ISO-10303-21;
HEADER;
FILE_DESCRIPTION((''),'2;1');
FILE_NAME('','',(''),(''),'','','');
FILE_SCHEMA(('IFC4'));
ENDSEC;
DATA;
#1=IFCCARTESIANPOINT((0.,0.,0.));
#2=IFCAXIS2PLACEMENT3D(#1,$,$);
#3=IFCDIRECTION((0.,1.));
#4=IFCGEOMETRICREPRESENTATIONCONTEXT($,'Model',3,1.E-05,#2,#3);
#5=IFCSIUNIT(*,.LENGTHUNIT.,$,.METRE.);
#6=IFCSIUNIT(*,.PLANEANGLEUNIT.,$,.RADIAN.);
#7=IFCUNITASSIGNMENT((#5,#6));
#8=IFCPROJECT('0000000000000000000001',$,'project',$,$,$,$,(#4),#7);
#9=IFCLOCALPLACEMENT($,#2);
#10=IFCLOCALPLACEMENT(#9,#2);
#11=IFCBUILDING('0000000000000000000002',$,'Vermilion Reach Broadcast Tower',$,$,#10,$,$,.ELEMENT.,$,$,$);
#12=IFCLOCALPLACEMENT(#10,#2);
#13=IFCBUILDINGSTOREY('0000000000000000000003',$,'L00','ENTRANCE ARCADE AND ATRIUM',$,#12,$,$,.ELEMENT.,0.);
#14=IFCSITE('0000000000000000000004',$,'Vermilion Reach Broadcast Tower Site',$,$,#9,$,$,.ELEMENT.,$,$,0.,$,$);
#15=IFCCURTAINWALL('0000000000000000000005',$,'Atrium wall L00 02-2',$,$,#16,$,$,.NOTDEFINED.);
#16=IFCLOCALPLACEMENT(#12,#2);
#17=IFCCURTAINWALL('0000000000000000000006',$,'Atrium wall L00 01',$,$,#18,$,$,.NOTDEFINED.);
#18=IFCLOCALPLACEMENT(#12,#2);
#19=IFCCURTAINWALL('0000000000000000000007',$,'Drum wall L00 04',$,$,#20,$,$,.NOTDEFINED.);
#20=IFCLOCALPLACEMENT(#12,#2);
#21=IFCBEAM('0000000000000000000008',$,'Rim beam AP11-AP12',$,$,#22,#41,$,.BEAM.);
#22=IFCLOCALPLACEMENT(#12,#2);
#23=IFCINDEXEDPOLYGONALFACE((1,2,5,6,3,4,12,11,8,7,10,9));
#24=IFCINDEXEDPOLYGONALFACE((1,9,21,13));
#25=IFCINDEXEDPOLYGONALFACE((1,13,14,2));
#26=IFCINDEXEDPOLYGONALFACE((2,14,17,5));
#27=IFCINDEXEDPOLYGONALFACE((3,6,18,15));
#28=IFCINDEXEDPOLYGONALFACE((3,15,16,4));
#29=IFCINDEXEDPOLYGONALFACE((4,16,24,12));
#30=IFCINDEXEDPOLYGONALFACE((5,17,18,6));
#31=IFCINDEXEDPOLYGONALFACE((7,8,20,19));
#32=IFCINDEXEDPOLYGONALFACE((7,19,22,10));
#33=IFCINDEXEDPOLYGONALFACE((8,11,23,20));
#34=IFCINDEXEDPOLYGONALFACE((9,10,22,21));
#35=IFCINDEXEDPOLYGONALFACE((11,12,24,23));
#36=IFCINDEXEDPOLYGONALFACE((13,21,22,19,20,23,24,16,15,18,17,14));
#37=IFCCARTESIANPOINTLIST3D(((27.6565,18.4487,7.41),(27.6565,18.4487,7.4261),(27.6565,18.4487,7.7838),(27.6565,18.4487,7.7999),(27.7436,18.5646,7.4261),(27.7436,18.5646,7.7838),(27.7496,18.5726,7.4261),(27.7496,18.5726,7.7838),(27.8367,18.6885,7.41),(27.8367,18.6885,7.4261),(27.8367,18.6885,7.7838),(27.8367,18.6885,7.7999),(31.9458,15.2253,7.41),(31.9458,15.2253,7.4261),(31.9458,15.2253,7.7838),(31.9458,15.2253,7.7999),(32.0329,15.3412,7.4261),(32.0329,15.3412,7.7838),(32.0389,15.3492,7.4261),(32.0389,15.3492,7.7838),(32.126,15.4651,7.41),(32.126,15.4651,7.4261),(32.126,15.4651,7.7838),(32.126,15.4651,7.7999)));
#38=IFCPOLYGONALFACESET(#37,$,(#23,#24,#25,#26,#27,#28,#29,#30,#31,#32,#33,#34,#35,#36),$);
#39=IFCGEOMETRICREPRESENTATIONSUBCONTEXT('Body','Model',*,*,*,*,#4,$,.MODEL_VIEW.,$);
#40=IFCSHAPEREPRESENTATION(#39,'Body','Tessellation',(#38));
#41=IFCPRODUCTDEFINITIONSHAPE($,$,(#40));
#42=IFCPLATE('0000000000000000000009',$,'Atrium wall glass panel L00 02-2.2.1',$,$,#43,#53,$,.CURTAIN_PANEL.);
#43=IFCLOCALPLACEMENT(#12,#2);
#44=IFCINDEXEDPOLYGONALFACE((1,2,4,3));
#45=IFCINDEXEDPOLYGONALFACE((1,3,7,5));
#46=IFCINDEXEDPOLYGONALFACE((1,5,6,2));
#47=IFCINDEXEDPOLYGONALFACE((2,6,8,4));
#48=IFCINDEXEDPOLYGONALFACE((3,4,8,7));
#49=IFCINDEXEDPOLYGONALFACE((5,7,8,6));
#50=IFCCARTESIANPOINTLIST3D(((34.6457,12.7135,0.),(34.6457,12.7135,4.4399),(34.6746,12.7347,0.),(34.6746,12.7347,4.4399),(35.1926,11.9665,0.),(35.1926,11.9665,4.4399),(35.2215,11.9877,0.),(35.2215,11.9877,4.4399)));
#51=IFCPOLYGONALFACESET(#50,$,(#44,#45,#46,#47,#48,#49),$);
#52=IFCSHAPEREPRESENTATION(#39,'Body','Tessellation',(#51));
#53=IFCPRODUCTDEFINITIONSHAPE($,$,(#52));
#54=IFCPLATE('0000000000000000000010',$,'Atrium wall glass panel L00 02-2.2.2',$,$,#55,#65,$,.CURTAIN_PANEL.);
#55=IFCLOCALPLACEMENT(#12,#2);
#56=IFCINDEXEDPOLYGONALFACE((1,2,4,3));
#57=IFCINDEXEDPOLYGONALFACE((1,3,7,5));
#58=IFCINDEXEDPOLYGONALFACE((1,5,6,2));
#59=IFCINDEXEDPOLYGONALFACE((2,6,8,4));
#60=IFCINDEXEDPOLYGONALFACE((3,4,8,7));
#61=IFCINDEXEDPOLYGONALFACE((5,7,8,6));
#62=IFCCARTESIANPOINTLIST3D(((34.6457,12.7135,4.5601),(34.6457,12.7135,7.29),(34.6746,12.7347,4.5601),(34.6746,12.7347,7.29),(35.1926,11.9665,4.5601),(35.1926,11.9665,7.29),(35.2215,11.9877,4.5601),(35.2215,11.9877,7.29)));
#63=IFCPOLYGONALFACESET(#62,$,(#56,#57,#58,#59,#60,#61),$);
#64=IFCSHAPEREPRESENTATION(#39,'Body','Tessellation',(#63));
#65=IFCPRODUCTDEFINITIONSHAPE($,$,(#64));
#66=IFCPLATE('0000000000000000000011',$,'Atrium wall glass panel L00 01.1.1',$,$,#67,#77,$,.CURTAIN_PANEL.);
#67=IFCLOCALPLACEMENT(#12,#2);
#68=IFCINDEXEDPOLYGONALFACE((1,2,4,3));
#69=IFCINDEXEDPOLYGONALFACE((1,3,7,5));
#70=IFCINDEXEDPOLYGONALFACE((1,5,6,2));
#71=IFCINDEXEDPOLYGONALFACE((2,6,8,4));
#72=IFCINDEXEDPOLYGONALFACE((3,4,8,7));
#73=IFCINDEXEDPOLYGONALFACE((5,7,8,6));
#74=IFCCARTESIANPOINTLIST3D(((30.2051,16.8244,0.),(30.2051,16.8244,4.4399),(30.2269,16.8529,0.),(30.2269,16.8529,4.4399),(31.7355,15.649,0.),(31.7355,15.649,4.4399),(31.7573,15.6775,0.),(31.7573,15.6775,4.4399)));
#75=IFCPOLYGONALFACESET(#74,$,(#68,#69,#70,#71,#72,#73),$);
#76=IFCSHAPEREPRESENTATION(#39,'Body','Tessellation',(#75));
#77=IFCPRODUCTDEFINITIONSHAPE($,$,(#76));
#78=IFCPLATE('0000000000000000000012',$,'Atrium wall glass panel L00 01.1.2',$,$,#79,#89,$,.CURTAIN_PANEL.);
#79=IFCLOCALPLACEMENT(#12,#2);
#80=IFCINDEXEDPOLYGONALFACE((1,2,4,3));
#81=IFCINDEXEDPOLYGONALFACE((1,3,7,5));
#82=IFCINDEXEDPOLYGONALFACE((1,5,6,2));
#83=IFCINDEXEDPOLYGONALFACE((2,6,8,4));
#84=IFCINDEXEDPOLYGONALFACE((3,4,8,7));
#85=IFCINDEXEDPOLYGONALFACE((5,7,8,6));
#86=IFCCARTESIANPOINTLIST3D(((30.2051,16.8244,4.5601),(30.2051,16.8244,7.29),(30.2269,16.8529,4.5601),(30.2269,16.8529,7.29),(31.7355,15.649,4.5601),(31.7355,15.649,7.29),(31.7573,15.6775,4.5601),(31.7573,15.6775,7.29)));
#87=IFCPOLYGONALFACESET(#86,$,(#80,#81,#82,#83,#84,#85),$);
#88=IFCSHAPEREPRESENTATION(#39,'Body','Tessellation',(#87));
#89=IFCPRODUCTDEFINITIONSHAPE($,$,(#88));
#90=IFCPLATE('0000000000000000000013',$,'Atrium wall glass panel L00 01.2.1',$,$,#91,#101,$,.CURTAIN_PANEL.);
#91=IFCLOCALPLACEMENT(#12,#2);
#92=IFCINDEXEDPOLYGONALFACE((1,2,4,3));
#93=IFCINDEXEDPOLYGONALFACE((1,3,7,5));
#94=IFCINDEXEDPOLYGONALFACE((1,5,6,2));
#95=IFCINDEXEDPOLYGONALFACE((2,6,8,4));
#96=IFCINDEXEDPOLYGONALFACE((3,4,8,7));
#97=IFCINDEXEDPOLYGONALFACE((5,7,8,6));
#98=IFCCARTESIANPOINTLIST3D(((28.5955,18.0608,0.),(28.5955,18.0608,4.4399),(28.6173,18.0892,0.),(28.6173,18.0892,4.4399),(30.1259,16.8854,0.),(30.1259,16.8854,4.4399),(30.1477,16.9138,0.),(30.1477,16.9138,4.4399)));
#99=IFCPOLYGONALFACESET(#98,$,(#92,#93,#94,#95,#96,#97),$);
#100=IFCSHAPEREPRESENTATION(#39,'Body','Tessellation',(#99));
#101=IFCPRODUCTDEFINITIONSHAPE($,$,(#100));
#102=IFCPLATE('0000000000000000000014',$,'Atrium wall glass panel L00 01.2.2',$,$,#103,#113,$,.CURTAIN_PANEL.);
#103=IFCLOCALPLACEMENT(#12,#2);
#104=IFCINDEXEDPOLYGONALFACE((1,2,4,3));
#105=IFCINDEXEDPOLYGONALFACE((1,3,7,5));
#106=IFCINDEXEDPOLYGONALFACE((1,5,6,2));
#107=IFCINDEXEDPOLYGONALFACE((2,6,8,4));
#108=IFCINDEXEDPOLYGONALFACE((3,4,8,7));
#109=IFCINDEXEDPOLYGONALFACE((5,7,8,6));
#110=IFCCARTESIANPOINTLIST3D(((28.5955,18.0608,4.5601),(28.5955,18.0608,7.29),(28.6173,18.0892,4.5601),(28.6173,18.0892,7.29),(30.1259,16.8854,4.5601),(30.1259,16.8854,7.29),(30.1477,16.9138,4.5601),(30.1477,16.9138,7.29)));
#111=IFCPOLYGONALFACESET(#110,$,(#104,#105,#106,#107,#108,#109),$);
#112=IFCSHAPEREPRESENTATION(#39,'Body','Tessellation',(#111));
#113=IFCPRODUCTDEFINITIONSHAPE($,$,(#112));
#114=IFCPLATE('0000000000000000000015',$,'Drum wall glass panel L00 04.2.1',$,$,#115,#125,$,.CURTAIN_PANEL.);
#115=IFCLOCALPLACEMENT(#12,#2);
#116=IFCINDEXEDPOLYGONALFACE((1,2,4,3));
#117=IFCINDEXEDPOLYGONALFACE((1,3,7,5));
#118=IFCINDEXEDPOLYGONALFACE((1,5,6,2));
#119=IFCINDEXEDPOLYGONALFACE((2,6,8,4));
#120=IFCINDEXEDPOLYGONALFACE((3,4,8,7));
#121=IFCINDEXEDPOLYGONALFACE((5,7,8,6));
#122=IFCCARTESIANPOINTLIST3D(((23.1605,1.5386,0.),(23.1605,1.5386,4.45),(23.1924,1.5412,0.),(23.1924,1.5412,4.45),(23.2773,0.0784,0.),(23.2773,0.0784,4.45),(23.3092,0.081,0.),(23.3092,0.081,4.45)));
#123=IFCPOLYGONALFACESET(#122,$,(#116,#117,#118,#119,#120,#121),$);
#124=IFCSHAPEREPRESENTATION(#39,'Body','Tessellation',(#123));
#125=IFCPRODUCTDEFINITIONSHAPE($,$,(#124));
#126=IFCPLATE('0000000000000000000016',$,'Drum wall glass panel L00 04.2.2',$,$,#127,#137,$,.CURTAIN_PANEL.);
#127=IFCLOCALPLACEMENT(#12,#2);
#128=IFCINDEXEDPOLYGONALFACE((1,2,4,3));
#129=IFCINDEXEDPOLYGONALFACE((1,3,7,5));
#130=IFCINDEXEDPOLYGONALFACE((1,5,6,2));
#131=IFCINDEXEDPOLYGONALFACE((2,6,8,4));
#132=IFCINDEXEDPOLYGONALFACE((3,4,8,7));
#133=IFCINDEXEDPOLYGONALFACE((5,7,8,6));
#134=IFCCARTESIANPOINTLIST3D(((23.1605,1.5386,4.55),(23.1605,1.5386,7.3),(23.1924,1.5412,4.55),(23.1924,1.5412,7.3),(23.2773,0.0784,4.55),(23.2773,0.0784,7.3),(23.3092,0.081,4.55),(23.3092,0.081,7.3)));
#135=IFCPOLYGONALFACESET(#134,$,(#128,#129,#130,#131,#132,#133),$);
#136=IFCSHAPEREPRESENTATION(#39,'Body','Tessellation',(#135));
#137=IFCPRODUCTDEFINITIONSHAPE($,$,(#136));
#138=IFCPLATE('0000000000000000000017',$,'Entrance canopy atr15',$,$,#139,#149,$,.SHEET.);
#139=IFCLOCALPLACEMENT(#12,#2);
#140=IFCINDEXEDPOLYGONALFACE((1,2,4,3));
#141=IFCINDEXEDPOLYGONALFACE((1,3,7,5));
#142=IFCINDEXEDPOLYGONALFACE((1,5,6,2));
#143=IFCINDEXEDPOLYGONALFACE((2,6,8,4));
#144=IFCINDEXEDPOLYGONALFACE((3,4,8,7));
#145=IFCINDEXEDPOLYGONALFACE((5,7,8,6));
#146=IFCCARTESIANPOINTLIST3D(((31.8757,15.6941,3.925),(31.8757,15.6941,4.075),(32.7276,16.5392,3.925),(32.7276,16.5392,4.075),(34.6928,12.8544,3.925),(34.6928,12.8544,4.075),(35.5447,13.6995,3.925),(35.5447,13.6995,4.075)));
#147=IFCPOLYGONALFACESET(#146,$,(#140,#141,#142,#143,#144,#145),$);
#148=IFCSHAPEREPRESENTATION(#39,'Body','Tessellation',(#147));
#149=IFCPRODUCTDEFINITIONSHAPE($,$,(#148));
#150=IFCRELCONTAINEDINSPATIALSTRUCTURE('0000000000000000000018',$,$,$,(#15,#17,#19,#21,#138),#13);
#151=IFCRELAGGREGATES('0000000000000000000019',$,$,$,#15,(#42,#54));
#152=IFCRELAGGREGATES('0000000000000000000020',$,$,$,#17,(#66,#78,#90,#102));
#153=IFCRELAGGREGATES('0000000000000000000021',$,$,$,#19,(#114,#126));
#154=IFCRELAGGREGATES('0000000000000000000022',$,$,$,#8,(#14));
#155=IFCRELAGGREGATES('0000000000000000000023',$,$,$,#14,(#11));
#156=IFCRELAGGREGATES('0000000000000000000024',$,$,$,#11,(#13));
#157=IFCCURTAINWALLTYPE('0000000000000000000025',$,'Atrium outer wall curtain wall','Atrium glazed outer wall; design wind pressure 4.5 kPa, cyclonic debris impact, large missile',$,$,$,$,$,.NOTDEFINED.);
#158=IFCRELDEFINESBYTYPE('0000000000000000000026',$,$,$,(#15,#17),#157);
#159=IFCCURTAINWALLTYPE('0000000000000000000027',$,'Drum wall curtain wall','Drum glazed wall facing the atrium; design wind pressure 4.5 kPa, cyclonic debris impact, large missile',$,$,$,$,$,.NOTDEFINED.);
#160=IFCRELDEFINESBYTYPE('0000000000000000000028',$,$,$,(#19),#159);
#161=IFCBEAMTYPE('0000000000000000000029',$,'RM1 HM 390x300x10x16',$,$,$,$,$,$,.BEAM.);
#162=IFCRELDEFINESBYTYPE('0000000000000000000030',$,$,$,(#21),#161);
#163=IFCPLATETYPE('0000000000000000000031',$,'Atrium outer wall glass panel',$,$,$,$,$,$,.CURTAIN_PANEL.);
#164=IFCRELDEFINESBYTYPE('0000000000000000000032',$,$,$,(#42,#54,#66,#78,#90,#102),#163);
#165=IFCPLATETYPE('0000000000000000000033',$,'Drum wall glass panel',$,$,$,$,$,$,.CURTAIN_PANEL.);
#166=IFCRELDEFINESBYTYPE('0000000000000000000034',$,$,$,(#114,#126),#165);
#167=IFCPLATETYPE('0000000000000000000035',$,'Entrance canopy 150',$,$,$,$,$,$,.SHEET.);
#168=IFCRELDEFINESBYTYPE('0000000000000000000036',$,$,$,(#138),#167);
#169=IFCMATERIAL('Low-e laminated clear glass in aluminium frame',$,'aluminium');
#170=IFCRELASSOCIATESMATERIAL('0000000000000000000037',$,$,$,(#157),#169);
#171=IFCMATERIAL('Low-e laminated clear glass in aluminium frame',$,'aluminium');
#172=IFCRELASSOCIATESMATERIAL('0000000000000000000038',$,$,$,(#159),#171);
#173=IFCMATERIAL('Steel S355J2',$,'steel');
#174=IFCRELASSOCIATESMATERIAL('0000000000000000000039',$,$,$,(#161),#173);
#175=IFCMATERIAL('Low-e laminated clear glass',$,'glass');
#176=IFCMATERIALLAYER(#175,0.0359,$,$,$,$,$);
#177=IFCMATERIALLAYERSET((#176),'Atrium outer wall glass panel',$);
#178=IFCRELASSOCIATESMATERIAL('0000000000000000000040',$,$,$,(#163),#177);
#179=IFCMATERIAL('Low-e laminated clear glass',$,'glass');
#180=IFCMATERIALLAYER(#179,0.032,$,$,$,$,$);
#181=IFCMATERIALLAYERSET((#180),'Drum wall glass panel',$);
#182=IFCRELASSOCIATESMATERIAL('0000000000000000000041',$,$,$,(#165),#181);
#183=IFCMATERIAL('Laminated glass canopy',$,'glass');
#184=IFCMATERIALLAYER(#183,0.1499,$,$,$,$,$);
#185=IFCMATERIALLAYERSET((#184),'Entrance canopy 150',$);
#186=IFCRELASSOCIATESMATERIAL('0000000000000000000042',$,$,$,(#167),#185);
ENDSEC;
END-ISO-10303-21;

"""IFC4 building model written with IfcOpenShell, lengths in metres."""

from ifc_helpers import new_model, si_unit, direction, frame, origin, origin_2d, place, context, subcontext, project, spatial, rectangle, i_section, extrude, material, layer, layer_set, material_profile, profile_set, type_object, element, aggregate, save


model = new_model("IFC4")

# Units and contexts
model_context = context("Model", 3, precision=1e-05, world=origin(), true_north=direction((0.0, 1.0)))
body_context = subcontext(model_context, "Body", "Model", "MODEL_VIEW")
ifc_project = project(units=[si_unit("LENGTHUNIT", "METRE"), si_unit("PLANEANGLEUNIT", "RADIAN")], contexts=[model_context])

# Site, building, storey
site_placement = place(None, origin())
site = spatial("IfcSite", under=ifc_project, at=site_placement, Name="Vermilion Reach Broadcast Tower Site", CompositionType="ELEMENT", RefElevation=0.0)
building_placement = place(site_placement, origin())
building = spatial("IfcBuilding", under=site, at=building_placement, Name="Vermilion Reach Broadcast Tower", CompositionType="ELEMENT")
storey_placement = place(building_placement, origin())
storey = spatial("IfcBuildingStorey", under=building, at=storey_placement, Name="L00", Description="ENTRANCE ARCADE AND ATRIUM", CompositionType="ELEMENT", Elevation=0.0)

# Curtain wall
ifc_material_1 = material(Name="Low-e laminated clear glass in aluminium frame", Category="aluminium")
curtain_wall_type_1 = type_object("IfcCurtainWallType", Name="Atrium outer wall curtain wall", Description="Atrium glazed outer wall; design wind pressure 4.5 kPa, cyclonic debris impact, large missile", PredefinedType="NOTDEFINED", material=ifc_material_1)
placement = place(storey_placement, origin())
curtain_wall_1 = element("IfcCurtainWall", 1, at=placement, inside=storey, type_object=curtain_wall_type_1, Name="Atrium wall L00 02-2", PredefinedType="NOTDEFINED")

# Curtain wall
curtain_wall_2 = element("IfcCurtainWall", 2, at=placement, inside=storey, type_object=curtain_wall_type_1, Name="Atrium wall L00 01", PredefinedType="NOTDEFINED")

# Curtain wall
ifc_material_2 = material(Name="Low-e laminated clear glass in aluminium frame", Category="aluminium")
curtain_wall_type_2 = type_object("IfcCurtainWallType", Name="Drum wall curtain wall", Description="Drum glazed wall facing the atrium; design wind pressure 4.5 kPa, cyclonic debris impact, large missile", PredefinedType="NOTDEFINED", material=ifc_material_2)
curtain_wall_3 = element("IfcCurtainWall", 3, at=placement, inside=storey, type_object=curtain_wall_type_2, Name="Drum wall L00 04", PredefinedType="NOTDEFINED")

# Beam
ifc_material_3 = material(Name="Steel S355J2", Category="steel")
ifc_material_profile_1 = material_profile(ifc_material_3, i_section(OverallWidth=0.3, OverallDepth=0.3899, WebThickness=0.01, FlangeThickness=0.0161, at=origin_2d()), Name="S355J2 HM 390x300x10x16")
ifc_profile_set_1 = profile_set([ifc_material_profile_1], Name="Steel S355J2")
beam_type = type_object("IfcBeamType", Name="RM1 HM 390x300x10x16", PredefinedType="BEAM", material=ifc_profile_set_1)
beam_placement = place(storey_placement, frame((32.0359, 15.3452, 7.605), z_axis=(-0.799426, 0.600764, 0.0), x_axis=(-0.600764, -0.799426, 0.0)))
element("IfcBeam", 4, at=beam_placement, inside=storey, type_object=beam_type, Name="Rim beam AP11-AP12", PredefinedType="BEAM", context=body_context, shape_type="SweptSolid", body=[
    extrude(i_section(OverallWidth=0.3, OverallDepth=0.3899, WebThickness=0.01, FlangeThickness=0.0161, at=origin_2d()), origin(), (0.0, 0.0, 1.0), 5.3655),
])

# Plates
ifc_material_4 = material(Name="Low-e laminated clear glass", Category="glass")
ifc_layer_1 = layer(ifc_material_4, 0.0359)
ifc_layer_set_1 = layer_set([ifc_layer_1], Name="Atrium outer wall glass panel")
plate_type_1 = type_object("IfcPlateType", Name="Atrium outer wall glass panel", PredefinedType="CURTAIN_PANEL", material=ifc_layer_set_1)
plate_1_placement = place(storey_placement, frame((34.9336, 12.3506, 0.0), z_axis=(0.0, 0.0, 1.0), x_axis=(-0.59076, 0.806847, 0.0)))
plate_1 = element("IfcPlate", 5, at=plate_1_placement, type_object=plate_type_1, Name="Atrium wall glass panel L00 02-2.2.1", PredefinedType="CURTAIN_PANEL", context=body_context, shape_type="SweptSolid", body=[
    extrude(rectangle(XDim=0.9258, YDim=0.0359, at=origin_2d()), origin(), (0.0, 0.0, 1.0), 4.4399),
])
plate_2_placement = place(storey_placement, frame((34.9336, 12.3506, 4.5601), z_axis=(0.0, 0.0, 1.0), x_axis=(-0.59076, 0.806847, 0.0)))
plate_2 = element("IfcPlate", 6, at=plate_2_placement, type_object=plate_type_1, Name="Atrium wall glass panel L00 02-2.2.2", PredefinedType="CURTAIN_PANEL", context=body_context, shape_type="SweptSolid", body=[
    extrude(rectangle(XDim=0.9258, YDim=0.0359, at=origin_2d()), origin(), (0.0, 0.0, 1.0), 2.73),
])
aggregate(curtain_wall_1, [plate_1, plate_2])
plate_3_placement = place(storey_placement, frame((30.9812, 16.251, 0.0), z_axis=(0.0, 0.0, 1.0), x_axis=(-0.793083, 0.609114, 0.0)))
plate_3 = element("IfcPlate", 7, at=plate_3_placement, type_object=plate_type_1, Name="Atrium wall glass panel L00 01.1.1", PredefinedType="CURTAIN_PANEL", context=body_context, shape_type="SweptSolid", body=[
    extrude(rectangle(XDim=1.9297, YDim=0.0359, at=origin_2d()), origin(), (0.0, 0.0, 1.0), 4.4399),
])
plate_4_placement = place(storey_placement, frame((30.9812, 16.251, 4.5601), z_axis=(0.0, 0.0, 1.0), x_axis=(-0.793083, 0.609114, 0.0)))
plate_4 = element("IfcPlate", 8, at=plate_4_placement, type_object=plate_type_1, Name="Atrium wall glass panel L00 01.1.2", PredefinedType="CURTAIN_PANEL", context=body_context, shape_type="SweptSolid", body=[
    extrude(rectangle(XDim=1.9297, YDim=0.0359, at=origin_2d()), origin(), (0.0, 0.0, 1.0), 2.73),
])
plate_5_placement = place(storey_placement, frame((29.3716, 17.4873, 0.0), z_axis=(0.0, 0.0, 1.0), x_axis=(-0.793083, 0.609114, 0.0)))
plate_5 = element("IfcPlate", 9, at=plate_5_placement, type_object=plate_type_1, Name="Atrium wall glass panel L00 01.2.1", PredefinedType="CURTAIN_PANEL", context=body_context, shape_type="SweptSolid", body=[
    extrude(rectangle(XDim=1.9297, YDim=0.0359, at=origin_2d()), origin(), (0.0, 0.0, 1.0), 4.4399),
])
plate_6_placement = place(storey_placement, frame((29.3716, 17.4873, 4.5601), z_axis=(0.0, 0.0, 1.0), x_axis=(-0.793083, 0.609114, 0.0)))
plate_6 = element("IfcPlate", 10, at=plate_6_placement, type_object=plate_type_1, Name="Atrium wall glass panel L00 01.2.2", PredefinedType="CURTAIN_PANEL", context=body_context, shape_type="SweptSolid", body=[
    extrude(rectangle(XDim=1.9297, YDim=0.0359, at=origin_2d()), origin(), (0.0, 0.0, 1.0), 2.73),
])
aggregate(curtain_wall_2, [plate_3, plate_4, plate_5, plate_6])
ifc_material_5 = material(Name="Low-e laminated clear glass", Category="glass")
ifc_layer_2 = layer(ifc_material_5, 0.032)
ifc_layer_set_2 = layer_set([ifc_layer_2], Name="Drum wall glass panel")
plate_type_2 = type_object("IfcPlateType", Name="Drum wall glass panel", PredefinedType="CURTAIN_PANEL", material=ifc_layer_set_2)
plate_7_placement = place(storey_placement, frame((23.2349, 0.8098, 0.0), z_axis=(0.0, 0.0, 1.0), x_axis=(0.079726, -0.996817, 0.0)))
plate_7 = element("IfcPlate", 11, at=plate_7_placement, type_object=plate_type_2, Name="Drum wall glass panel L00 04.2.1", PredefinedType="CURTAIN_PANEL", context=body_context, shape_type="SweptSolid", body=[
    extrude(rectangle(XDim=1.4648, YDim=0.032, at=origin_2d()), origin(), (0.0, 0.0, 1.0), 4.45),
])
plate_8_placement = place(storey_placement, frame((23.2349, 0.8098, 4.55), z_axis=(0.0, 0.0, 1.0), x_axis=(0.079726, -0.996817, 0.0)))
plate_8 = element("IfcPlate", 12, at=plate_8_placement, type_object=plate_type_2, Name="Drum wall glass panel L00 04.2.2", PredefinedType="CURTAIN_PANEL", context=body_context, shape_type="SweptSolid", body=[
    extrude(rectangle(XDim=1.4648, YDim=0.032, at=origin_2d()), origin(), (0.0, 0.0, 1.0), 2.75),
])
aggregate(curtain_wall_3, [plate_7, plate_8])
ifc_material_6 = material(Name="Laminated glass canopy", Category="glass")
ifc_layer_3 = layer(ifc_material_6, 0.1499)
ifc_layer_set_3 = layer_set([ifc_layer_3], Name="Entrance canopy 150")
plate_type_3 = type_object("IfcPlateType", Name="Entrance canopy 150", PredefinedType="SHEET", material=ifc_layer_set_3)
plate_9_placement = place(storey_placement, frame((33.7102, 14.6968, 3.925), z_axis=(0.0, 0.0, 1.0), x_axis=(0.704276, -0.709926, 0.0)))
element("IfcPlate", 13, at=plate_9_placement, inside=storey, type_object=plate_type_3, Name="Entrance canopy atr15", PredefinedType="SHEET", context=body_context, shape_type="SweptSolid", body=[
    extrude(rectangle(XDim=4.0, YDim=1.2, at=origin_2d()), origin(), (0.0, 0.0, 1.0), 0.1499),
])

save(model, "model.ifc")
